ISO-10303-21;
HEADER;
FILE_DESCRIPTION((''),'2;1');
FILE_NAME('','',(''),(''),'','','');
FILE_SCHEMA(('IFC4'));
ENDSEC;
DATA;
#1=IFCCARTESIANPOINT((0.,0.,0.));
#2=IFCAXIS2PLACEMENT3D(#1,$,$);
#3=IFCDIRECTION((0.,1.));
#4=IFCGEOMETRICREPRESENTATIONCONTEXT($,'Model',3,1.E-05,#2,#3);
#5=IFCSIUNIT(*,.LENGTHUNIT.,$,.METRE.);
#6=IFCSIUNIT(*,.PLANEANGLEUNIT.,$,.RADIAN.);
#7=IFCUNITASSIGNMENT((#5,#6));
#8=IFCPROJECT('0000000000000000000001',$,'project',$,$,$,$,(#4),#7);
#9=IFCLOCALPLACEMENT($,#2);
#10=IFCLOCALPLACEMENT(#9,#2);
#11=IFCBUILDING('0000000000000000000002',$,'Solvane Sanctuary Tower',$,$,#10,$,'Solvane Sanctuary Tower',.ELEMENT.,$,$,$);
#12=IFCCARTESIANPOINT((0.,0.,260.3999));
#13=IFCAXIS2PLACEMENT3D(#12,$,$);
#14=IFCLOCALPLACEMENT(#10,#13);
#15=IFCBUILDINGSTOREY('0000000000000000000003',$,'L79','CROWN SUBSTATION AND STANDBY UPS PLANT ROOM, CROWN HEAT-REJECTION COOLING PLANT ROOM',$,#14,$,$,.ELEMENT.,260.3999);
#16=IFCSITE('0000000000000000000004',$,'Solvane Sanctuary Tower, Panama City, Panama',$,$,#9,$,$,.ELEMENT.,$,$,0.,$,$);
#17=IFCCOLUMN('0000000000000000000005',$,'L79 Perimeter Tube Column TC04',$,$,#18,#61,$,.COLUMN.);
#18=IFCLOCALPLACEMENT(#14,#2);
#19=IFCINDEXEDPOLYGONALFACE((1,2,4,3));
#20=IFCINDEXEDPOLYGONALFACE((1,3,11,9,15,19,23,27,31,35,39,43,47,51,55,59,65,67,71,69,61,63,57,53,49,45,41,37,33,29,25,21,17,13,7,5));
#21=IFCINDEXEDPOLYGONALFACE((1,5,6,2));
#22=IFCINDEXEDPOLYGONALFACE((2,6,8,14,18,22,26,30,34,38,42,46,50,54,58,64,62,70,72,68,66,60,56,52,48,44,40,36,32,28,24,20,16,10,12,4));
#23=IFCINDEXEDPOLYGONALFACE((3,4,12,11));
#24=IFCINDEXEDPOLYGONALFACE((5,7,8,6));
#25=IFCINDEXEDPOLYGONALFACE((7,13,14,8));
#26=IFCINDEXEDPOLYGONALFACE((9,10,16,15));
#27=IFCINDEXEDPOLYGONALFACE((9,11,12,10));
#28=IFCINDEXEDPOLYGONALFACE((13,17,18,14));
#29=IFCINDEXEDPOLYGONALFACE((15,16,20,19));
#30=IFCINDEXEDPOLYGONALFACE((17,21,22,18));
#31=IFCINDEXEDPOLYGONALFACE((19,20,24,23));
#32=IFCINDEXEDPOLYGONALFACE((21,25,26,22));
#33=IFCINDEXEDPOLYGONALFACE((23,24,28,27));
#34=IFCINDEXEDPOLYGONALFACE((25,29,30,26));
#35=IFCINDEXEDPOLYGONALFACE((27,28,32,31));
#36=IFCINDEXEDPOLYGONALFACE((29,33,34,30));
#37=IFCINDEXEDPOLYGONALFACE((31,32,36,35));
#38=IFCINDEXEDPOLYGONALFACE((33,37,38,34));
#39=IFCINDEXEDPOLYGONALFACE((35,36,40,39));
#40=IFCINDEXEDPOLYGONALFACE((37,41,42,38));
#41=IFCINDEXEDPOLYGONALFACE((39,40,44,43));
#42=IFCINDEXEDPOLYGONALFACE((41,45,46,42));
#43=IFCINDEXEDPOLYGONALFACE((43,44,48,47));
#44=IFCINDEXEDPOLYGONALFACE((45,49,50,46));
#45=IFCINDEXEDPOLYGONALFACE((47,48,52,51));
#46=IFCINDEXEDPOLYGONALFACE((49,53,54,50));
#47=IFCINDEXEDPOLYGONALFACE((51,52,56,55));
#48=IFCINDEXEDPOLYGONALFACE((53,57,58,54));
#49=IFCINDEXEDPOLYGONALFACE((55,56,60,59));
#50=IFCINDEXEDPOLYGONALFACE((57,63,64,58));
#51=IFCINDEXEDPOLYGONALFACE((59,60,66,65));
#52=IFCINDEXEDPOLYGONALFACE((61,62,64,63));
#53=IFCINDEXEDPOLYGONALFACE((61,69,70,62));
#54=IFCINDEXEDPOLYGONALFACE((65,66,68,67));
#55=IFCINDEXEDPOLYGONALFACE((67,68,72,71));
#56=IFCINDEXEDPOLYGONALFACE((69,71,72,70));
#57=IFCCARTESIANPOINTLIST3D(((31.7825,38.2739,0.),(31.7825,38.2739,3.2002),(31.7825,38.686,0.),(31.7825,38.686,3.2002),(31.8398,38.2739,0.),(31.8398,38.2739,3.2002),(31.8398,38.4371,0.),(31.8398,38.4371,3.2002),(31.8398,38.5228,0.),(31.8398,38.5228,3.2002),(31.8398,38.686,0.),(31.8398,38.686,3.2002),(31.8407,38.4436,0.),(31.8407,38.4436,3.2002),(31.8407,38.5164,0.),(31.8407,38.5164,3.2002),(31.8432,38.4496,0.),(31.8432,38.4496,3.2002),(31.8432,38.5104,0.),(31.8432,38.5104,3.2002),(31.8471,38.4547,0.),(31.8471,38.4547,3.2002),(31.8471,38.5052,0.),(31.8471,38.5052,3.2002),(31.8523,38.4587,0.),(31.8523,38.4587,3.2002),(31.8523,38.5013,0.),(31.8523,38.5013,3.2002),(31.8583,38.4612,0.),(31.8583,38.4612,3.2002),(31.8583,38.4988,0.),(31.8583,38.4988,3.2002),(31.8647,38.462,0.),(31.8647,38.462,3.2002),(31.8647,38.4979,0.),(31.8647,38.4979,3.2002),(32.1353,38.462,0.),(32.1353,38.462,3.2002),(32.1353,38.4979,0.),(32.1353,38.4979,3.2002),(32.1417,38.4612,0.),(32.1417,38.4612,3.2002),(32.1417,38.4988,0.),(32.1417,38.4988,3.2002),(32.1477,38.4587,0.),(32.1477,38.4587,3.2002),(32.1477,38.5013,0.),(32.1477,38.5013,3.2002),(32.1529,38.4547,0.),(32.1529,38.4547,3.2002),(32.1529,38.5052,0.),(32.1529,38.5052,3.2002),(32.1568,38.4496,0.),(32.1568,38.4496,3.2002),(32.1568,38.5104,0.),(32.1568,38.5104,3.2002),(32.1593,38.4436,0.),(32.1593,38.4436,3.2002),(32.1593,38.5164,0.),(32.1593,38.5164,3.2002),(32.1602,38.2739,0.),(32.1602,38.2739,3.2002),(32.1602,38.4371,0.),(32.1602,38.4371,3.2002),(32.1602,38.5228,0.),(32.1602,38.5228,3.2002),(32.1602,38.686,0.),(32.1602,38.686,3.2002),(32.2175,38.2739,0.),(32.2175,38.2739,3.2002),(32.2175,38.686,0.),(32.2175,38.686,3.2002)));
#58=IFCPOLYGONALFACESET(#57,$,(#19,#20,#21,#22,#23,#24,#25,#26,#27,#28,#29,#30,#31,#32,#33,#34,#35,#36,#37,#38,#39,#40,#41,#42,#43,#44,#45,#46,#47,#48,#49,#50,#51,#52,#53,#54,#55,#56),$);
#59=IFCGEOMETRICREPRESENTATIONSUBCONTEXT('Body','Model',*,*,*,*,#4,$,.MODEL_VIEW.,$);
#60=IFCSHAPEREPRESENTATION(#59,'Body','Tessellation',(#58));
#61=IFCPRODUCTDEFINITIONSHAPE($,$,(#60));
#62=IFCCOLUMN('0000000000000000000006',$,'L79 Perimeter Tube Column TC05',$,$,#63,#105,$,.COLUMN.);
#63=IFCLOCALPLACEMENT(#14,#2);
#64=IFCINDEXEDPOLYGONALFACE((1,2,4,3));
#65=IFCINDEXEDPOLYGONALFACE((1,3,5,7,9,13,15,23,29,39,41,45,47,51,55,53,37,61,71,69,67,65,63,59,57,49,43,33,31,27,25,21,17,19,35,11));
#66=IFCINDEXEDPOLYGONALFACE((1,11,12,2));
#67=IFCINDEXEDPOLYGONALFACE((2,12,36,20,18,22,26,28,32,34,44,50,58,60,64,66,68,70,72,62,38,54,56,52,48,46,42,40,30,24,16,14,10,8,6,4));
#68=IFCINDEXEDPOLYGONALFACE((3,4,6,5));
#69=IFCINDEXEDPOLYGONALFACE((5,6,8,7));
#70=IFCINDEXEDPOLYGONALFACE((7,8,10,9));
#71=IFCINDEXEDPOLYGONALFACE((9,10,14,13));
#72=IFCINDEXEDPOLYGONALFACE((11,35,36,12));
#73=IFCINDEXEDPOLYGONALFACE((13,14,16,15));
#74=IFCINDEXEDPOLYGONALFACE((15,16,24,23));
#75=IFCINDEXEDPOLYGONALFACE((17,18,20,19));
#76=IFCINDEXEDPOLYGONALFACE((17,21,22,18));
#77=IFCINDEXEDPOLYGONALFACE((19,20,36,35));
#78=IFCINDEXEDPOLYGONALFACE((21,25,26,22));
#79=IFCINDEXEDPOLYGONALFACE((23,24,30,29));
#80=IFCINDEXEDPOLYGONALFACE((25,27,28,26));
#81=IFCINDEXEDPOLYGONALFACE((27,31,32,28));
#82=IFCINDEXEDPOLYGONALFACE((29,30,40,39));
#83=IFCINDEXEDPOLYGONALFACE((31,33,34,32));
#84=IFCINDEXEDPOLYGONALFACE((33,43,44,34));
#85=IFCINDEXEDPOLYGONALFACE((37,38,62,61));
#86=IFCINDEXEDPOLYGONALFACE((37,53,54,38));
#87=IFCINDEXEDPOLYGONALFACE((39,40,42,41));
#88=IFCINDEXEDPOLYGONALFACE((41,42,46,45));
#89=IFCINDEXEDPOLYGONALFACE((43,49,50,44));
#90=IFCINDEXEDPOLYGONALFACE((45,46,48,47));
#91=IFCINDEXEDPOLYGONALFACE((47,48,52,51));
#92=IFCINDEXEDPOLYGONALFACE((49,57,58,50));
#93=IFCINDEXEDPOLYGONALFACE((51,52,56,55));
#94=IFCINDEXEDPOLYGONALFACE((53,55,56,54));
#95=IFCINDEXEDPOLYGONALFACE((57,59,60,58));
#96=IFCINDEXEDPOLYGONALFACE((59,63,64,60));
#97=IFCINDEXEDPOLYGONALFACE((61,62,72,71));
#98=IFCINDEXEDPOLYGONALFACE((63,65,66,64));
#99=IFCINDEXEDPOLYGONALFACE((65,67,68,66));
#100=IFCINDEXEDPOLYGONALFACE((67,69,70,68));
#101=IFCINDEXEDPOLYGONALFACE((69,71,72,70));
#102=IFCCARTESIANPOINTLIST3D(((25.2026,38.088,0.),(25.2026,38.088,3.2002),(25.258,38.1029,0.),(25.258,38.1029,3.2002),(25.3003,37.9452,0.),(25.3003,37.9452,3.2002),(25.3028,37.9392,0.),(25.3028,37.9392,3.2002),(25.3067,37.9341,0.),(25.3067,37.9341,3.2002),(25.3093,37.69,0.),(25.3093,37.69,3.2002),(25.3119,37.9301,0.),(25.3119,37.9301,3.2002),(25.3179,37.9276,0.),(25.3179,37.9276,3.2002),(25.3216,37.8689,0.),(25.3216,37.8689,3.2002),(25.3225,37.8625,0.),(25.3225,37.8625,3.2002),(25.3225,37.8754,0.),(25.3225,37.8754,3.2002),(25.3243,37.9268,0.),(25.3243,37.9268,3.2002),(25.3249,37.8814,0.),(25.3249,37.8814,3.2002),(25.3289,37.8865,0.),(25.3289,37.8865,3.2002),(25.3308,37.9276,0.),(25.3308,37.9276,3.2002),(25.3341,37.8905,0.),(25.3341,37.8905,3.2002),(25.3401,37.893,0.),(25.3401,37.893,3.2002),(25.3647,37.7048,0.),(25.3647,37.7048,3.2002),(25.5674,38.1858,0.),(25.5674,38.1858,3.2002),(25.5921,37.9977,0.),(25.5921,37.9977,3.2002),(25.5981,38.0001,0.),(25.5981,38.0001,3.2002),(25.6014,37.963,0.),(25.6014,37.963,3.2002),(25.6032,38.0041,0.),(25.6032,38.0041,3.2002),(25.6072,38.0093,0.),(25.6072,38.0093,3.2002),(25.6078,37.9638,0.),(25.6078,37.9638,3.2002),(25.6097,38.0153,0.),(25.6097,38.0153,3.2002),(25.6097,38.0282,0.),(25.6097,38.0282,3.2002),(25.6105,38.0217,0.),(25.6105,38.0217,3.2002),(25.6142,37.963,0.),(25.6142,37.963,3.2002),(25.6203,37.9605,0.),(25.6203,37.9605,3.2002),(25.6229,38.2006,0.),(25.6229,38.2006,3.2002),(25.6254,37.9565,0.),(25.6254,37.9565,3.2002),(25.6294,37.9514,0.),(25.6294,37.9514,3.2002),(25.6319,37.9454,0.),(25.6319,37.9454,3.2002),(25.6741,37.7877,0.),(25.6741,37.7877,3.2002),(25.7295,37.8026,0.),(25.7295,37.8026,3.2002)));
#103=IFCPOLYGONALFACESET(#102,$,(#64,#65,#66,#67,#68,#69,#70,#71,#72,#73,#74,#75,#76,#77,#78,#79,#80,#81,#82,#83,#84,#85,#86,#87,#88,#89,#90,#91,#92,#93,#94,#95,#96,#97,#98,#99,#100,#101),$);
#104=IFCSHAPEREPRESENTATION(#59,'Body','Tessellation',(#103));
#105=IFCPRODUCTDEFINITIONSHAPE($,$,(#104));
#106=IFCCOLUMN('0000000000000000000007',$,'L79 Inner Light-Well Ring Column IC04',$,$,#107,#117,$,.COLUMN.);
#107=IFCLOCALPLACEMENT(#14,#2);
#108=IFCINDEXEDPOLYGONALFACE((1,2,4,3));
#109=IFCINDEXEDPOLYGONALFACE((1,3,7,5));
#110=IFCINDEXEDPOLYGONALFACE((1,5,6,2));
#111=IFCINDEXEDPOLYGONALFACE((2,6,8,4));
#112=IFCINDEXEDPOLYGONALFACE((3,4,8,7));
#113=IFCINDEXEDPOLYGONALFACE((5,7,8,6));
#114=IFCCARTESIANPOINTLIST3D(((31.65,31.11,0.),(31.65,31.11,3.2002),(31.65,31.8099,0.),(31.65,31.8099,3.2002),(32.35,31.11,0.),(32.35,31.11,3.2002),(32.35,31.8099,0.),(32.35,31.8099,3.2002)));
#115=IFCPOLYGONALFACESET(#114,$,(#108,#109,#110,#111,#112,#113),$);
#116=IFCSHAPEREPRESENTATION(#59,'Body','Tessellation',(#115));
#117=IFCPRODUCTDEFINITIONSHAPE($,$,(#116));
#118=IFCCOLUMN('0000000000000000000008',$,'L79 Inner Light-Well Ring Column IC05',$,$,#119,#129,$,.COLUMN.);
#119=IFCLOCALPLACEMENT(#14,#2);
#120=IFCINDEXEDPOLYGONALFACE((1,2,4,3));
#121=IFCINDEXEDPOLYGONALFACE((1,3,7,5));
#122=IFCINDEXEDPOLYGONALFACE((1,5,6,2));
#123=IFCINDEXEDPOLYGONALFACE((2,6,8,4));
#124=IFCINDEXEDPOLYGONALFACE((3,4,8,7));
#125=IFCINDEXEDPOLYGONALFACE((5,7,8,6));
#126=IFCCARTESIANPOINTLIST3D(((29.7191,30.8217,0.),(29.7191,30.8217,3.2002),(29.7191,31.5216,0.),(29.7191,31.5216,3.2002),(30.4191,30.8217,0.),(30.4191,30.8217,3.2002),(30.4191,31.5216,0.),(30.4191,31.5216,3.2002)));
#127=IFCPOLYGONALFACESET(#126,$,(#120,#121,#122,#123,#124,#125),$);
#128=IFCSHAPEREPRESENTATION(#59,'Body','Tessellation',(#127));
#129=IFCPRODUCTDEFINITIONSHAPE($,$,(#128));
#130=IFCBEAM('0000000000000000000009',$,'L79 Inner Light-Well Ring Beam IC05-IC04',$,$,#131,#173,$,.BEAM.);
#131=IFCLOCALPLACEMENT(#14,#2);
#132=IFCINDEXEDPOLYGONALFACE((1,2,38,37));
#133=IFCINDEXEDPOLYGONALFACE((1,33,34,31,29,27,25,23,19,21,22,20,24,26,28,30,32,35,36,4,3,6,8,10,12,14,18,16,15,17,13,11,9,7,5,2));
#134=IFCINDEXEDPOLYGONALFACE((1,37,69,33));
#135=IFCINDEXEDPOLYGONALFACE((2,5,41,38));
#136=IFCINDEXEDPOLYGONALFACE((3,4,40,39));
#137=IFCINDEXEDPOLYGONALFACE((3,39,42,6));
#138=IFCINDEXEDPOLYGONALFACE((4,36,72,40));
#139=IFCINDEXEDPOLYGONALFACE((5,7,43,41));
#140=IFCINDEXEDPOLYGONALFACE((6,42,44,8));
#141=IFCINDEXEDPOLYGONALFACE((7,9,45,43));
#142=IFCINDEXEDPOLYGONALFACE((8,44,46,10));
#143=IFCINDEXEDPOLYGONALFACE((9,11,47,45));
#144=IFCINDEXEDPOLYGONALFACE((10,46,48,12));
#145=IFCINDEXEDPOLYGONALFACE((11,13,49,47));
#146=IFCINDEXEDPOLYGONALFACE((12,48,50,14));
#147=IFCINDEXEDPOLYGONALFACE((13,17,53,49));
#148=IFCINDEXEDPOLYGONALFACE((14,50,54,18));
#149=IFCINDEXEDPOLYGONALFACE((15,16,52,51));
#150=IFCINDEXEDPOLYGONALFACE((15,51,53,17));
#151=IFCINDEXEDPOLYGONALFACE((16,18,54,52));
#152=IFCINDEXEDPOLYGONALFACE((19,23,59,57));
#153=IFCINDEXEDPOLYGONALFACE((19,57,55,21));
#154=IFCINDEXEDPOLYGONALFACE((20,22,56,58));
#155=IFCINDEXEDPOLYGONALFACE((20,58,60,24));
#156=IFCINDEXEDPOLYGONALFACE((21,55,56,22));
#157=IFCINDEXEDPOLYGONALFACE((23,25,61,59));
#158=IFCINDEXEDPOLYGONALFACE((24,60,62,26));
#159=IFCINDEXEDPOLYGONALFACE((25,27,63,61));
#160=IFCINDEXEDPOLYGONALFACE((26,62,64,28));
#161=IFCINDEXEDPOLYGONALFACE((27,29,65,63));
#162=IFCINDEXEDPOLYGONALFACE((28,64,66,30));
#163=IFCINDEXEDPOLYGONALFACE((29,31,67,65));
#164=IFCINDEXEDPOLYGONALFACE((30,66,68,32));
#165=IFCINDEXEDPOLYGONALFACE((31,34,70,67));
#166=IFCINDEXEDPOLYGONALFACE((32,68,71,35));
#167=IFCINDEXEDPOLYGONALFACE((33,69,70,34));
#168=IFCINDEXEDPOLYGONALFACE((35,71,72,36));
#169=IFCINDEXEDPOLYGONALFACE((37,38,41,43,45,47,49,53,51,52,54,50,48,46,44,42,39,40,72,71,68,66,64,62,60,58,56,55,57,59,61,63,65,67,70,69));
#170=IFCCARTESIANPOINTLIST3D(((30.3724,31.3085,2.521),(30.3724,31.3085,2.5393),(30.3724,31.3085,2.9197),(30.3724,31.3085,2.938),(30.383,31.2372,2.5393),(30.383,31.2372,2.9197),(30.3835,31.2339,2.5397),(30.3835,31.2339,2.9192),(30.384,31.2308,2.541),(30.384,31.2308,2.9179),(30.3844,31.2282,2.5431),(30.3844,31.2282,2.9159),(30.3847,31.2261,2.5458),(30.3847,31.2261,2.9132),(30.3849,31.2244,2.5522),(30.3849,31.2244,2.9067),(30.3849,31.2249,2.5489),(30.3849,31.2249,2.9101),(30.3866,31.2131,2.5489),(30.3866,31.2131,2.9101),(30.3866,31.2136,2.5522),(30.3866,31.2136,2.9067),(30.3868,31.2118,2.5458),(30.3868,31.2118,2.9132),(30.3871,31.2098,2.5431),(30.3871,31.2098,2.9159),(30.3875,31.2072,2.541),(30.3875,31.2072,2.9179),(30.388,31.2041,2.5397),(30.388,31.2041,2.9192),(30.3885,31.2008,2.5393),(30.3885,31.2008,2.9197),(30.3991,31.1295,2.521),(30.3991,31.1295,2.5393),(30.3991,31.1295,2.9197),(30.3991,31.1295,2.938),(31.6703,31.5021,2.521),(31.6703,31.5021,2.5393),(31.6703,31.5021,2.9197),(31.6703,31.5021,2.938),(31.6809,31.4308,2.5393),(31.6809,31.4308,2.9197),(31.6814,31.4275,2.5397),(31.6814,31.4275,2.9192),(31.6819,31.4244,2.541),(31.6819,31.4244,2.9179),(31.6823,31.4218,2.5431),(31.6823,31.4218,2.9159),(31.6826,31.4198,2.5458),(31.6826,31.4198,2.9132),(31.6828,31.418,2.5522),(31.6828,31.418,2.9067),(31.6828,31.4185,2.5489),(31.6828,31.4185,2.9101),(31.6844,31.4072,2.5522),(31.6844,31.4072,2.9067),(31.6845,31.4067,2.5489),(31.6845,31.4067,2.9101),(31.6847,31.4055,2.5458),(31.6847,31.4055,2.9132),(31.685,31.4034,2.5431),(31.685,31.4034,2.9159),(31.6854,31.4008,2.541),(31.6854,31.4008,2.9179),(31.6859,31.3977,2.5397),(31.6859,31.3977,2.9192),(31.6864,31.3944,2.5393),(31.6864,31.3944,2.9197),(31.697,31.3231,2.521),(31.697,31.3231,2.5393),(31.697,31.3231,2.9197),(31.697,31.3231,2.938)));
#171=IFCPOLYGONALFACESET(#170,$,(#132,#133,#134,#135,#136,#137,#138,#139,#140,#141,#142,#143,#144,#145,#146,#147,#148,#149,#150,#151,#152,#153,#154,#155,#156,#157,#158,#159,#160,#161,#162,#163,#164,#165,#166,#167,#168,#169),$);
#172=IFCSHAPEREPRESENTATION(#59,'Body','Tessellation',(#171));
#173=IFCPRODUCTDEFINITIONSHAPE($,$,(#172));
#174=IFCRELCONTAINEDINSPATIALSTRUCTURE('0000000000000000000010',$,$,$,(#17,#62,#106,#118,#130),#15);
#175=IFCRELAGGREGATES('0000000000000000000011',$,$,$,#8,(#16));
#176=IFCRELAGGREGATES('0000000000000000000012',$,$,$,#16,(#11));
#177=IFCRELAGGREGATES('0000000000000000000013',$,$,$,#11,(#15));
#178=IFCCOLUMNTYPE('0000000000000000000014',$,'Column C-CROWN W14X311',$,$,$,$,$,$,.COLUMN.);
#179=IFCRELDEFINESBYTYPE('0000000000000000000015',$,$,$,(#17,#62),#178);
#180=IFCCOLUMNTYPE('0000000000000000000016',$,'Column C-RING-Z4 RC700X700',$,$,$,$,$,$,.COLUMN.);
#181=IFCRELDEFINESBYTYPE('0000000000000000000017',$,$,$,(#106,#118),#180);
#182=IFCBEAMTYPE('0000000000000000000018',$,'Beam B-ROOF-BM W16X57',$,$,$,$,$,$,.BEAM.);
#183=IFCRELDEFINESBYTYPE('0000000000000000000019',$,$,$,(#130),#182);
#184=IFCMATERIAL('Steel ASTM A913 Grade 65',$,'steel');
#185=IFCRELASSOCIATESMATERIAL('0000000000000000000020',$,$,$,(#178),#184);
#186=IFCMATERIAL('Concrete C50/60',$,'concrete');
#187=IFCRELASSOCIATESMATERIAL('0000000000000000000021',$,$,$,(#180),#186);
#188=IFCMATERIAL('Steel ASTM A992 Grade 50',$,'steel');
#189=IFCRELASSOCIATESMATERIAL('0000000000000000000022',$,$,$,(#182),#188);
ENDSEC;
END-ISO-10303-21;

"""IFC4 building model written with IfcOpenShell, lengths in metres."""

from ifc_helpers import new_model, si_unit, direction, frame, origin, origin_2d, place, context, subcontext, project, spatial, rectangle, i_section, extrude, material, material_profile, profile_set, type_object, element, save


model = new_model("IFC4")

# Units and contexts
model_context = context("Model", 3, precision=1e-05, world=origin(), true_north=direction((0.0, 1.0)))
body_context = subcontext(model_context, "Body", "Model", "MODEL_VIEW")
ifc_project = project(units=[si_unit("LENGTHUNIT", "METRE"), si_unit("PLANEANGLEUNIT", "RADIAN")], contexts=[model_context])

# Site, building, storey
site_placement = place(None, origin())
site = spatial("IfcSite", under=ifc_project, at=site_placement, Name="Solvane Sanctuary Tower, Panama City, Panama", CompositionType="ELEMENT", RefElevation=0.0)
building_placement = place(site_placement, origin())
building = spatial("IfcBuilding", under=site, at=building_placement, Name="Solvane Sanctuary Tower", LongName="Solvane Sanctuary Tower", CompositionType="ELEMENT")
storey_placement = place(building_placement, frame((0.0, 0.0, 260.3999)))
storey = spatial("IfcBuildingStorey", under=building, at=storey_placement, Name="L79", Description="CROWN SUBSTATION AND STANDBY UPS PLANT ROOM, CROWN HEAT-REJECTION COOLING PLANT ROOM", CompositionType="ELEMENT", Elevation=260.3999)

# Columns
ifc_material_1 = material(Name="Steel ASTM A913 Grade 65", Category="steel")
ifc_material_profile_1 = material_profile(ifc_material_1, i_section(OverallWidth=0.4121, OverallDepth=0.4351, WebThickness=0.0359, FlangeThickness=0.0574, FilletRadius=0.0249, at=origin_2d()), Name="W14X311")
ifc_profile_set_1 = profile_set([ifc_material_profile_1], Name="Steel ASTM A913 Grade 65")
column_type_1 = type_object("IfcColumnType", Name="Column C-CROWN W14X311", PredefinedType="COLUMN", material=ifc_profile_set_1)
for number, where, z_axis, x_axis, name in (
    (1, (32.0, 38.48, 0.0), (0.0, 0.0, 1.0), (0.0, 1.0, 0.0), "L79 Perimeter Tube Column TC04"),
    (2, (25.4661, 37.9453, 0.0), (0.0, 0.0, 1.0), (-0.258819, 0.965926, 0.0), "L79 Perimeter Tube Column TC05"),
):
    element("IfcColumn", number, at=place(storey_placement, frame(where, z_axis=z_axis, x_axis=x_axis)), inside=storey, type_object=column_type_1, Name=name, PredefinedType="COLUMN", context=body_context, shape_type="SweptSolid", body=[
        extrude(i_section(OverallWidth=0.4121, OverallDepth=0.4351, WebThickness=0.0359, FlangeThickness=0.0574, FilletRadius=0.0249, at=origin_2d()), origin(), (0.0, 0.0, 1.0), 3.2002),
    ])
ifc_material_2 = material(Name="Concrete C50/60", Category="concrete")
ifc_material_profile_2 = material_profile(ifc_material_2, rectangle(XDim=0.7, YDim=0.7, at=origin_2d()), Name="RC700X700")
ifc_profile_set_2 = profile_set([ifc_material_profile_2], Name="Concrete C50/60")
column_type_2 = type_object("IfcColumnType", Name="Column C-RING-Z4 RC700X700", PredefinedType="COLUMN", material=ifc_profile_set_2)
for number, where, z_axis, x_axis, name in (
    (3, (32.0, 31.46, 0.0), (0.0, 0.0, 1.0), (1.0, 0.0, 0.0), "L79 Inner Light-Well Ring Column IC04"),
    (4, (30.0691, 31.1716, 0.0), (0.0, 0.0, 1.0), (1.0, 0.0, 0.0), "L79 Inner Light-Well Ring Column IC05"),
):
    element("IfcColumn", number, at=place(storey_placement, frame(where, z_axis=z_axis, x_axis=x_axis)), inside=storey, type_object=column_type_2, Name=name, PredefinedType="COLUMN", context=body_context, shape_type="SweptSolid", body=[
        extrude(rectangle(XDim=0.7, YDim=0.7, at=origin_2d()), origin(), (0.0, 0.0, 1.0), 3.2002),
    ])

# Beam
ifc_material_3 = material(Name="Steel ASTM A992 Grade 50", Category="steel")
ifc_material_profile_3 = material_profile(ifc_material_3, i_section(OverallWidth=0.1809, OverallDepth=0.417, WebThickness=0.011, FlangeThickness=0.0183, FilletRadius=0.0129, at=origin_2d()), Name="W16X57")
ifc_profile_set_3 = profile_set([ifc_material_profile_3], Name="Steel ASTM A992 Grade 50")
beam_type_1 = type_object("IfcBeamType", Name="Beam B-ROOF-BM W16X57", PredefinedType="BEAM", material=ifc_profile_set_3)
beam_1_placement = place(storey_placement, frame((30.3857, 31.219, 2.7295), z_axis=(0.989056, 0.14754, 0.0), x_axis=(-0.14754, 0.989056, 0.0)))
element("IfcBeam", 5, at=beam_1_placement, inside=storey, type_object=beam_type_1, Name="L79 Inner Light-Well Ring Beam IC05-IC04", PredefinedType="BEAM", context=body_context, shape_type="SweptSolid", body=[
    extrude(i_section(OverallWidth=0.1809, OverallDepth=0.417, WebThickness=0.011, FlangeThickness=0.0183, FilletRadius=0.0129, at=origin_2d()), origin(), (0.0, 0.0, 1.0), 1.3123),
])

save(model, "model.ifc")
